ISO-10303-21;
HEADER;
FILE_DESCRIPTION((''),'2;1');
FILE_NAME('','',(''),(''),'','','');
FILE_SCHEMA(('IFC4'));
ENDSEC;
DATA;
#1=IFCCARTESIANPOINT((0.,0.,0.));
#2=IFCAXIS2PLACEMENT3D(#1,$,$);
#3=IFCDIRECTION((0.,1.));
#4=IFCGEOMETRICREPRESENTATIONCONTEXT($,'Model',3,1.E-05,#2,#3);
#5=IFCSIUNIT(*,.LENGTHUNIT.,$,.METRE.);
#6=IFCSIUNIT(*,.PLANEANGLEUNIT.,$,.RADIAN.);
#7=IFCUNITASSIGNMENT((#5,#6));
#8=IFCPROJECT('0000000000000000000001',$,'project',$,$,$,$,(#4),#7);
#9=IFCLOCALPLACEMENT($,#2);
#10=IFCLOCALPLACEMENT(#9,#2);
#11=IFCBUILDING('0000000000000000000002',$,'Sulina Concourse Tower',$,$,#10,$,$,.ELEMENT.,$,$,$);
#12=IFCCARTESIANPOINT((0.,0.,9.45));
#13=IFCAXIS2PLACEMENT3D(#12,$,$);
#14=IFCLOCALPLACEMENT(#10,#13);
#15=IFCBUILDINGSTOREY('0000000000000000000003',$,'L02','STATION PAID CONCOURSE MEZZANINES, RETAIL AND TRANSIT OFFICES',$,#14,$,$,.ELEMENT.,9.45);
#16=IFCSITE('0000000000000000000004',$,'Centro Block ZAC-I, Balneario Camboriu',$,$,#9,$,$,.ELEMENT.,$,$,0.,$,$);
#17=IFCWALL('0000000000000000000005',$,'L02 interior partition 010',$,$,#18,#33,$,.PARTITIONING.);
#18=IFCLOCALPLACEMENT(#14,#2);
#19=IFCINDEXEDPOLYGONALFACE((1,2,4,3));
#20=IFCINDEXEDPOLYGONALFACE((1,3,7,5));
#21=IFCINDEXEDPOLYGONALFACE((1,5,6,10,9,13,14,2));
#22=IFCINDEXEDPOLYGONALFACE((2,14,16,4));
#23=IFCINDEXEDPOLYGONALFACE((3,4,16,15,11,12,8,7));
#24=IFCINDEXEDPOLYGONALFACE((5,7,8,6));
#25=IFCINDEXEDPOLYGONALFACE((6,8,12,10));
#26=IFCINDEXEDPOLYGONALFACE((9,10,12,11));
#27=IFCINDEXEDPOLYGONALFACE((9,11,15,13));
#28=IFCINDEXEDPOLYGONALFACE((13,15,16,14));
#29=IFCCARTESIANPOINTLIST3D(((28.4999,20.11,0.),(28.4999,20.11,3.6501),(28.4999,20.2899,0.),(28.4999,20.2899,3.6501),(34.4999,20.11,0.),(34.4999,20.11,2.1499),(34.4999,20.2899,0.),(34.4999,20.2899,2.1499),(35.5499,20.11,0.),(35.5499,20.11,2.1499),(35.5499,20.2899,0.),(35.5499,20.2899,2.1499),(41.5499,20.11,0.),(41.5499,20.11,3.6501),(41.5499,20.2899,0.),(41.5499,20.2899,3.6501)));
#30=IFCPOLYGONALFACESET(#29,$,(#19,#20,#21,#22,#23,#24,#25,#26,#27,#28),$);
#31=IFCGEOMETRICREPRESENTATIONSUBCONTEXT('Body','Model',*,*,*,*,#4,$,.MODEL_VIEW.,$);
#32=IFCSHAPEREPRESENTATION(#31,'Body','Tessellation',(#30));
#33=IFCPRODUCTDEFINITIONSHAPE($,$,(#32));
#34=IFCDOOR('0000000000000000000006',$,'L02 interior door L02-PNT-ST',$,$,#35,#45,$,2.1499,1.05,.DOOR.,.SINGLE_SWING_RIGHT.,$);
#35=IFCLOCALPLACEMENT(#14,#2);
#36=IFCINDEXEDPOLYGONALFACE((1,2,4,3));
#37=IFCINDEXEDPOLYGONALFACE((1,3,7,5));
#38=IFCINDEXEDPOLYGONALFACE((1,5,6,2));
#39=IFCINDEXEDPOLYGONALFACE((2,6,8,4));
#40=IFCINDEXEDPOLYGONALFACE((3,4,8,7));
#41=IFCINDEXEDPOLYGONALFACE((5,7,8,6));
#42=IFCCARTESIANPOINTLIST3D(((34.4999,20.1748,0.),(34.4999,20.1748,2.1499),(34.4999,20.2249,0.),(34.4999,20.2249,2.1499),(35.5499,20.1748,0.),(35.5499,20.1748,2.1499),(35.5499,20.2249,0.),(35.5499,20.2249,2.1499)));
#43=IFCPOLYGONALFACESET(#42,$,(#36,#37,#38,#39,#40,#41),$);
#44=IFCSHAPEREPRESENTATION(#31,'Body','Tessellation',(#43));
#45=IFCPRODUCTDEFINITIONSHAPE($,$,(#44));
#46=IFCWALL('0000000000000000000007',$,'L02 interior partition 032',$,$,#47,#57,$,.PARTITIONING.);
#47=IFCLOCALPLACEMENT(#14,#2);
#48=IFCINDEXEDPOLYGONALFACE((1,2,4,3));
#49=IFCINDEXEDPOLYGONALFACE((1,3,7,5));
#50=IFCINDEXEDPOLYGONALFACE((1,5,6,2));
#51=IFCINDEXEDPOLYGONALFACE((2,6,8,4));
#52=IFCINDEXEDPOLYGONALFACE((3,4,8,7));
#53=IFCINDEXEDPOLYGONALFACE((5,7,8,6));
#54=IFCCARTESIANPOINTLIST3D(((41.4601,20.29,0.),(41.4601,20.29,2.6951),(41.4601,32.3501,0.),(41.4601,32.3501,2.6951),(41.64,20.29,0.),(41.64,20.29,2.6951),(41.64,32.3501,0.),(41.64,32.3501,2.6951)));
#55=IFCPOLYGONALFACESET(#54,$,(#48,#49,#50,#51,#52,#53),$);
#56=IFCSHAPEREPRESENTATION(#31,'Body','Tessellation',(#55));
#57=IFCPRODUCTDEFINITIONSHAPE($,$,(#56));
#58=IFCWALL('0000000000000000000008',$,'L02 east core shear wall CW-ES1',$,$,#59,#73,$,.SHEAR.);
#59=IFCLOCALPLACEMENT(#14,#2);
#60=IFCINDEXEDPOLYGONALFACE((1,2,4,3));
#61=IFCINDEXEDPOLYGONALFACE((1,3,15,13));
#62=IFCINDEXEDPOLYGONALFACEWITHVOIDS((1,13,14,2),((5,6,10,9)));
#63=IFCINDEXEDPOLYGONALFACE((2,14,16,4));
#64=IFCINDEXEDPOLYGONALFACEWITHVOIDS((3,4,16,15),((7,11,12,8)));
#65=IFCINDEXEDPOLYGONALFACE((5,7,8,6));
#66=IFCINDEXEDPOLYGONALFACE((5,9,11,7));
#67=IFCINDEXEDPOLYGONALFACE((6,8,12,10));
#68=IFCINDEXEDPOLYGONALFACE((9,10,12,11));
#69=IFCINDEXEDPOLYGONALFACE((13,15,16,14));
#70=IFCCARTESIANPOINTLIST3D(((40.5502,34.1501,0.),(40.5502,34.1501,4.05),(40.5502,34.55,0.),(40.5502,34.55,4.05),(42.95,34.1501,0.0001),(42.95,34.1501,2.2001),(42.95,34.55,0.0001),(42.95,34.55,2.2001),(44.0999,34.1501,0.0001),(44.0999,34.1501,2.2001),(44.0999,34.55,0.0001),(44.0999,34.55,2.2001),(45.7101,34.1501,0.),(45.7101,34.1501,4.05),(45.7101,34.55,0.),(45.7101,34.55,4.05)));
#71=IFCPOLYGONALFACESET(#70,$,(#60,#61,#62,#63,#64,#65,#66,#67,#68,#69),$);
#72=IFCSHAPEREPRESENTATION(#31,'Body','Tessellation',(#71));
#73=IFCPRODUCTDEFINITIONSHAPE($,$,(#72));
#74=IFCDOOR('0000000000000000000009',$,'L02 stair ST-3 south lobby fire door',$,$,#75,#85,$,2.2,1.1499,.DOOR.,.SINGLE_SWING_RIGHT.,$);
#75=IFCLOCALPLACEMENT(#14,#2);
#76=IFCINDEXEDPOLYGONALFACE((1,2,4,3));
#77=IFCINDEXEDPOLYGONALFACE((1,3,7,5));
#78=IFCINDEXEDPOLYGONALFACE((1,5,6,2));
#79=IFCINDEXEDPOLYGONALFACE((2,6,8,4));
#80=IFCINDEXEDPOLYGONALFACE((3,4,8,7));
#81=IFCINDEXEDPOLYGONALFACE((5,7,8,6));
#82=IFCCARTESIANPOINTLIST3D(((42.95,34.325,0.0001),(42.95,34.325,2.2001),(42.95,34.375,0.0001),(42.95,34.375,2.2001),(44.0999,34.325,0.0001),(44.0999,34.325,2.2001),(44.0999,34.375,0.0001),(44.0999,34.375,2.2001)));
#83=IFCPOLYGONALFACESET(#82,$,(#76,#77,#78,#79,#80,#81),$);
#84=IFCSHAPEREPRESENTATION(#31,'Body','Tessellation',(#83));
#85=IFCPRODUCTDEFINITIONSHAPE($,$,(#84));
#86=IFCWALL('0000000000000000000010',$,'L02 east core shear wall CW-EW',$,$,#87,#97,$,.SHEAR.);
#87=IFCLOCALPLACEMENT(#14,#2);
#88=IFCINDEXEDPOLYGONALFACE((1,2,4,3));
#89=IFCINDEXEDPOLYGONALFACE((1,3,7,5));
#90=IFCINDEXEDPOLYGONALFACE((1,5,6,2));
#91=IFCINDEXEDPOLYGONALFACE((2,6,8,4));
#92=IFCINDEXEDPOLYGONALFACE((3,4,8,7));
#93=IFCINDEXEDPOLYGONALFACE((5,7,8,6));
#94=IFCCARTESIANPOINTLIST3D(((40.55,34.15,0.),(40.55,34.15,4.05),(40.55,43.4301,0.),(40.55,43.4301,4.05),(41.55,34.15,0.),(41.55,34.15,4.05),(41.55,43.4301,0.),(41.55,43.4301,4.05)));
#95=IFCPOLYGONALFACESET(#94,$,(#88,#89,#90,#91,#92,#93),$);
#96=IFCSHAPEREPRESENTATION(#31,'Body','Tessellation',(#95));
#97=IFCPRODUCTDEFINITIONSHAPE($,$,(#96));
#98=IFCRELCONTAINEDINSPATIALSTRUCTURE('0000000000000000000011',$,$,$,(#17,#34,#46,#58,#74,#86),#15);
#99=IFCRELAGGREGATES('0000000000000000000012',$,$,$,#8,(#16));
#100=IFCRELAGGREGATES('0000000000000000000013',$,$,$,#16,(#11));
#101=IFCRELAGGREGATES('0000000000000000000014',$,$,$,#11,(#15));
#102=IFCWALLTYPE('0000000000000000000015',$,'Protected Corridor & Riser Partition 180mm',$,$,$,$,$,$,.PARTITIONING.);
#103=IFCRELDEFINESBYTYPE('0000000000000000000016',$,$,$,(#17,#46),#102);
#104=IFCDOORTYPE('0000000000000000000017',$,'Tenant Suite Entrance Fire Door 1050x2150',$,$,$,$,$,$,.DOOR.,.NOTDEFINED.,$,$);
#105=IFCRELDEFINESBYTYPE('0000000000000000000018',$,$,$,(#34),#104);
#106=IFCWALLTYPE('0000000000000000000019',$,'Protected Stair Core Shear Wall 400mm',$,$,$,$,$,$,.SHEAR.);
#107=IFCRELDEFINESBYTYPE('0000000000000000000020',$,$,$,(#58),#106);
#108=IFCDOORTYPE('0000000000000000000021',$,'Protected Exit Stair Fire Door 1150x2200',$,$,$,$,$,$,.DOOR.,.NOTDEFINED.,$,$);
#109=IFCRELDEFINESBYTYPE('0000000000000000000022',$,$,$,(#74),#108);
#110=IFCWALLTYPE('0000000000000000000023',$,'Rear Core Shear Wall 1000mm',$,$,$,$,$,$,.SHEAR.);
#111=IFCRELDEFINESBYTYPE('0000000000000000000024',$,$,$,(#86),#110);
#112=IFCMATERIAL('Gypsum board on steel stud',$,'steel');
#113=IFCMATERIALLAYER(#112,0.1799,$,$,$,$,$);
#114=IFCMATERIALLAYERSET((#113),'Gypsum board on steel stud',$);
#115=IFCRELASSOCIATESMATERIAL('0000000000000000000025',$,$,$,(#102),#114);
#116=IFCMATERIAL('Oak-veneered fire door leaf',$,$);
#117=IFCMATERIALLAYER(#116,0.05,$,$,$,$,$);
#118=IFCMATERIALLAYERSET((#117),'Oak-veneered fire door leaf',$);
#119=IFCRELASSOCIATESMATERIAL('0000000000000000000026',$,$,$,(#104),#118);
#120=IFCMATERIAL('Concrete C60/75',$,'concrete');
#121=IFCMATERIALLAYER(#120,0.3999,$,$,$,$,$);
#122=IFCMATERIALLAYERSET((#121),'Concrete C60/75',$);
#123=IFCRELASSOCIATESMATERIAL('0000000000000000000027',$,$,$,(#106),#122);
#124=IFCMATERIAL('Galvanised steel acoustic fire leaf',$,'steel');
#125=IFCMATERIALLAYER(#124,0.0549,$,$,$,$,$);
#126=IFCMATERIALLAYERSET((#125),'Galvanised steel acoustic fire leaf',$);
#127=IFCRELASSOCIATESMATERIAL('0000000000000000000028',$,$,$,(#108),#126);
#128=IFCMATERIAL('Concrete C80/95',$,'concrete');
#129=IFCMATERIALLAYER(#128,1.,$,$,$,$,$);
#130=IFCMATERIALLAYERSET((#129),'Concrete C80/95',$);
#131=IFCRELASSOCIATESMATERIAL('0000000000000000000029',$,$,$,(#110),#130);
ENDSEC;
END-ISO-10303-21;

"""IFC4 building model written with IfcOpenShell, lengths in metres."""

from ifc_helpers import new_model, si_unit, direction, frame, frame_2d, origin, place, context, subcontext, project, spatial, rectangle, extrude, material, layer, layer_set, type_object, element, fill, save


model = new_model("IFC4")

# Units and contexts
model_context = context("Model", 3, precision=1e-05, world=origin(), true_north=direction((0.0, 1.0)))
body_context = subcontext(model_context, "Body", "Model", "MODEL_VIEW")
ifc_project = project(units=[si_unit("LENGTHUNIT", "METRE"), si_unit("PLANEANGLEUNIT", "RADIAN")], contexts=[model_context])

# Site, building, storey
site_placement = place(None, origin())
site = spatial("IfcSite", under=ifc_project, at=site_placement, Name="Centro Block ZAC-I, Balneario Camboriu", CompositionType="ELEMENT", RefElevation=0.0)
building_placement = place(site_placement, origin())
building = spatial("IfcBuilding", under=site, at=building_placement, Name="Sulina Concourse Tower", CompositionType="ELEMENT")
storey_placement = place(building_placement, frame((0.0, 0.0, 9.45)))
storey = spatial("IfcBuildingStorey", under=building, at=storey_placement, Name="L02", Description="STATION PAID CONCOURSE MEZZANINES, RETAIL AND TRANSIT OFFICES", CompositionType="ELEMENT", Elevation=9.45)

# Wall, opening, door
ifc_material_1 = material(Name="Gypsum board on steel stud", Category="steel")
ifc_layer_1 = layer(ifc_material_1, 0.1799)
ifc_layer_set_1 = layer_set([ifc_layer_1], Name="Gypsum board on steel stud")
wall_type_1 = type_object("IfcWallType", Name="Protected Corridor & Riser Partition 180mm", PredefinedType="PARTITIONING", material=ifc_layer_set_1)
ifc_material_2 = material(Name="Oak-veneered fire door leaf")
ifc_layer_2 = layer(ifc_material_2, 0.05)
ifc_layer_set_2 = layer_set([ifc_layer_2], Name="Oak-veneered fire door leaf")
door_type_1 = type_object("IfcDoorType", Name="Tenant Suite Entrance Fire Door 1050x2150", OperationType="NOTDEFINED", PredefinedType="DOOR", material=ifc_layer_set_2)
wall_1_placement = place(storey_placement, frame((28.5, 20.2, 0.0), z_axis=(0.0, 0.0, 1.0), x_axis=(1.0, 0.0, 0.0)))
wall_1 = element("IfcWall", 1, at=wall_1_placement, inside=storey, type_object=wall_type_1, Name="L02 interior partition 010", PredefinedType="PARTITIONING", context=body_context, shape_type="SweptSolid", body=[
    extrude(rectangle(XDim=13.05, YDim=0.1799, at=frame_2d((6.5249, 0.0))), origin(), (0.0, 0.0, 1.0), 3.6501),
])
opening_1_placement = place(wall_1_placement, frame((6.0, 0.0, 0.0)))
opening_1 = element("IfcOpeningElement", 2, at=opening_1_placement, cuts=wall_1, PredefinedType="OPENING", context=body_context, shape_type="SweptSolid", body=[
    extrude(rectangle(XDim=1.05, YDim=2.1499, at=frame_2d((0.5249, 1.075))), frame((0.0, 0.0999, 0.0), z_axis=(0.0, -1.0, 0.0), x_axis=(1.0, 0.0, 0.0)), (0.0, 0.0, 1.0), 0.2),
])
door_1_placement = place(opening_1_placement, origin())
door_1 = element("IfcDoor", 3, at=door_1_placement, inside=storey, type_object=door_type_1, Name="L02 interior door L02-PNT-ST", OperationType="SINGLE_SWING_RIGHT", OverallHeight=2.1499, OverallWidth=1.05, PredefinedType="DOOR", context=body_context, shape_type="SweptSolid", body=[
    extrude(rectangle(XDim=1.05, YDim=2.1499, at=frame_2d((0.5249, 1.075))), frame((0.0, 0.0249, 0.0), z_axis=(0.0, -1.0, 0.0), x_axis=(1.0, 0.0, 0.0)), (0.0, 0.0, 1.0), 0.05),
])
fill(opening_1, door_1)

# Wall
wall_2_placement = place(storey_placement, frame((41.55, 20.29, 0.0), z_axis=(0.0, 0.0, 1.0), x_axis=(0.0, 1.0, 0.0)))
element("IfcWall", 4, at=wall_2_placement, inside=storey, type_object=wall_type_1, Name="L02 interior partition 032", PredefinedType="PARTITIONING", context=body_context, shape_type="SweptSolid", body=[
    extrude(rectangle(XDim=12.0601, YDim=0.1799, at=frame_2d((6.03, 0.0))), origin(), (0.0, 0.0, 1.0), 2.6951),
])

# Wall, opening, door
ifc_material_3 = material(Name="Concrete C60/75", Category="concrete")
ifc_layer_3 = layer(ifc_material_3, 0.3999)
ifc_layer_set_3 = layer_set([ifc_layer_3], Name="Concrete C60/75")
wall_type_2 = type_object("IfcWallType", Name="Protected Stair Core Shear Wall 400mm", PredefinedType="SHEAR", material=ifc_layer_set_3)
wall_3_placement = place(storey_placement, frame((40.55, 34.3501, 0.0), z_axis=(0.0, 0.0, 1.0), x_axis=(1.0, 0.0, 0.0)))
wall_3 = element("IfcWall", 5, at=wall_3_placement, inside=storey, type_object=wall_type_2, Name="L02 east core shear wall CW-ES1", PredefinedType="SHEAR", context=body_context, shape_type="SweptSolid", body=[
    extrude(rectangle(XDim=5.1599, YDim=0.3999, at=frame_2d((2.5801, 0.0))), origin(), (0.0, 0.0, 1.0), 4.05),
])
opening_2_placement = place(wall_3_placement, frame((2.3999, 0.0, 0.0)))
opening_2 = element("IfcOpeningElement", 6, at=opening_2_placement, cuts=wall_3, PredefinedType="OPENING", context=body_context, shape_type="SweptSolid", body=[
    extrude(rectangle(XDim=1.1499, YDim=2.2, at=frame_2d((0.575, 1.1001))), frame((0.0, 0.21, 0.0), z_axis=(0.0, -1.0, 0.0), x_axis=(1.0, 0.0, 0.0)), (0.0, 0.0, 1.0), 0.4199),
])
ifc_material_4 = material(Name="Galvanised steel acoustic fire leaf", Category="steel")
ifc_layer_4 = layer(ifc_material_4, 0.0549)
ifc_layer_set_4 = layer_set([ifc_layer_4], Name="Galvanised steel acoustic fire leaf")
door_type_2 = type_object("IfcDoorType", Name="Protected Exit Stair Fire Door 1150x2200", OperationType="NOTDEFINED", PredefinedType="DOOR", material=ifc_layer_set_4)
door_2_placement = place(opening_2_placement, origin())
door_2 = element("IfcDoor", 7, at=door_2_placement, inside=storey, type_object=door_type_2, Name="L02 stair ST-3 south lobby fire door", OperationType="SINGLE_SWING_RIGHT", OverallHeight=2.2, OverallWidth=1.1499, PredefinedType="DOOR", context=body_context, shape_type="SweptSolid", body=[
    extrude(rectangle(XDim=1.1499, YDim=2.2, at=frame_2d((0.575, 1.1001))), frame((0.0, 0.0249, 0.0), z_axis=(0.0, -1.0, 0.0), x_axis=(1.0, 0.0, 0.0)), (0.0, 0.0, 1.0), 0.05),
])
fill(opening_2, door_2)

# Wall
ifc_material_5 = material(Name="Concrete C80/95", Category="concrete")
ifc_layer_5 = layer(ifc_material_5, 1.0)
ifc_layer_set_5 = layer_set([ifc_layer_5], Name="Concrete C80/95")
wall_type_3 = type_object("IfcWallType", Name="Rear Core Shear Wall 1000mm", PredefinedType="SHEAR", material=ifc_layer_set_5)
wall_4_placement = place(storey_placement, frame((41.05, 34.1499, 0.0), z_axis=(0.0, 0.0, 1.0), x_axis=(0.0, 1.0, 0.0)))
element("IfcWall", 8, at=wall_4_placement, inside=storey, type_object=wall_type_3, Name="L02 east core shear wall CW-EW", PredefinedType="SHEAR", context=body_context, shape_type="SweptSolid", body=[
    extrude(rectangle(XDim=9.28, YDim=1.0, at=frame_2d((4.6401, 0.0))), origin(), (0.0, 0.0, 1.0), 4.05),
])

save(model, "model.ifc")
